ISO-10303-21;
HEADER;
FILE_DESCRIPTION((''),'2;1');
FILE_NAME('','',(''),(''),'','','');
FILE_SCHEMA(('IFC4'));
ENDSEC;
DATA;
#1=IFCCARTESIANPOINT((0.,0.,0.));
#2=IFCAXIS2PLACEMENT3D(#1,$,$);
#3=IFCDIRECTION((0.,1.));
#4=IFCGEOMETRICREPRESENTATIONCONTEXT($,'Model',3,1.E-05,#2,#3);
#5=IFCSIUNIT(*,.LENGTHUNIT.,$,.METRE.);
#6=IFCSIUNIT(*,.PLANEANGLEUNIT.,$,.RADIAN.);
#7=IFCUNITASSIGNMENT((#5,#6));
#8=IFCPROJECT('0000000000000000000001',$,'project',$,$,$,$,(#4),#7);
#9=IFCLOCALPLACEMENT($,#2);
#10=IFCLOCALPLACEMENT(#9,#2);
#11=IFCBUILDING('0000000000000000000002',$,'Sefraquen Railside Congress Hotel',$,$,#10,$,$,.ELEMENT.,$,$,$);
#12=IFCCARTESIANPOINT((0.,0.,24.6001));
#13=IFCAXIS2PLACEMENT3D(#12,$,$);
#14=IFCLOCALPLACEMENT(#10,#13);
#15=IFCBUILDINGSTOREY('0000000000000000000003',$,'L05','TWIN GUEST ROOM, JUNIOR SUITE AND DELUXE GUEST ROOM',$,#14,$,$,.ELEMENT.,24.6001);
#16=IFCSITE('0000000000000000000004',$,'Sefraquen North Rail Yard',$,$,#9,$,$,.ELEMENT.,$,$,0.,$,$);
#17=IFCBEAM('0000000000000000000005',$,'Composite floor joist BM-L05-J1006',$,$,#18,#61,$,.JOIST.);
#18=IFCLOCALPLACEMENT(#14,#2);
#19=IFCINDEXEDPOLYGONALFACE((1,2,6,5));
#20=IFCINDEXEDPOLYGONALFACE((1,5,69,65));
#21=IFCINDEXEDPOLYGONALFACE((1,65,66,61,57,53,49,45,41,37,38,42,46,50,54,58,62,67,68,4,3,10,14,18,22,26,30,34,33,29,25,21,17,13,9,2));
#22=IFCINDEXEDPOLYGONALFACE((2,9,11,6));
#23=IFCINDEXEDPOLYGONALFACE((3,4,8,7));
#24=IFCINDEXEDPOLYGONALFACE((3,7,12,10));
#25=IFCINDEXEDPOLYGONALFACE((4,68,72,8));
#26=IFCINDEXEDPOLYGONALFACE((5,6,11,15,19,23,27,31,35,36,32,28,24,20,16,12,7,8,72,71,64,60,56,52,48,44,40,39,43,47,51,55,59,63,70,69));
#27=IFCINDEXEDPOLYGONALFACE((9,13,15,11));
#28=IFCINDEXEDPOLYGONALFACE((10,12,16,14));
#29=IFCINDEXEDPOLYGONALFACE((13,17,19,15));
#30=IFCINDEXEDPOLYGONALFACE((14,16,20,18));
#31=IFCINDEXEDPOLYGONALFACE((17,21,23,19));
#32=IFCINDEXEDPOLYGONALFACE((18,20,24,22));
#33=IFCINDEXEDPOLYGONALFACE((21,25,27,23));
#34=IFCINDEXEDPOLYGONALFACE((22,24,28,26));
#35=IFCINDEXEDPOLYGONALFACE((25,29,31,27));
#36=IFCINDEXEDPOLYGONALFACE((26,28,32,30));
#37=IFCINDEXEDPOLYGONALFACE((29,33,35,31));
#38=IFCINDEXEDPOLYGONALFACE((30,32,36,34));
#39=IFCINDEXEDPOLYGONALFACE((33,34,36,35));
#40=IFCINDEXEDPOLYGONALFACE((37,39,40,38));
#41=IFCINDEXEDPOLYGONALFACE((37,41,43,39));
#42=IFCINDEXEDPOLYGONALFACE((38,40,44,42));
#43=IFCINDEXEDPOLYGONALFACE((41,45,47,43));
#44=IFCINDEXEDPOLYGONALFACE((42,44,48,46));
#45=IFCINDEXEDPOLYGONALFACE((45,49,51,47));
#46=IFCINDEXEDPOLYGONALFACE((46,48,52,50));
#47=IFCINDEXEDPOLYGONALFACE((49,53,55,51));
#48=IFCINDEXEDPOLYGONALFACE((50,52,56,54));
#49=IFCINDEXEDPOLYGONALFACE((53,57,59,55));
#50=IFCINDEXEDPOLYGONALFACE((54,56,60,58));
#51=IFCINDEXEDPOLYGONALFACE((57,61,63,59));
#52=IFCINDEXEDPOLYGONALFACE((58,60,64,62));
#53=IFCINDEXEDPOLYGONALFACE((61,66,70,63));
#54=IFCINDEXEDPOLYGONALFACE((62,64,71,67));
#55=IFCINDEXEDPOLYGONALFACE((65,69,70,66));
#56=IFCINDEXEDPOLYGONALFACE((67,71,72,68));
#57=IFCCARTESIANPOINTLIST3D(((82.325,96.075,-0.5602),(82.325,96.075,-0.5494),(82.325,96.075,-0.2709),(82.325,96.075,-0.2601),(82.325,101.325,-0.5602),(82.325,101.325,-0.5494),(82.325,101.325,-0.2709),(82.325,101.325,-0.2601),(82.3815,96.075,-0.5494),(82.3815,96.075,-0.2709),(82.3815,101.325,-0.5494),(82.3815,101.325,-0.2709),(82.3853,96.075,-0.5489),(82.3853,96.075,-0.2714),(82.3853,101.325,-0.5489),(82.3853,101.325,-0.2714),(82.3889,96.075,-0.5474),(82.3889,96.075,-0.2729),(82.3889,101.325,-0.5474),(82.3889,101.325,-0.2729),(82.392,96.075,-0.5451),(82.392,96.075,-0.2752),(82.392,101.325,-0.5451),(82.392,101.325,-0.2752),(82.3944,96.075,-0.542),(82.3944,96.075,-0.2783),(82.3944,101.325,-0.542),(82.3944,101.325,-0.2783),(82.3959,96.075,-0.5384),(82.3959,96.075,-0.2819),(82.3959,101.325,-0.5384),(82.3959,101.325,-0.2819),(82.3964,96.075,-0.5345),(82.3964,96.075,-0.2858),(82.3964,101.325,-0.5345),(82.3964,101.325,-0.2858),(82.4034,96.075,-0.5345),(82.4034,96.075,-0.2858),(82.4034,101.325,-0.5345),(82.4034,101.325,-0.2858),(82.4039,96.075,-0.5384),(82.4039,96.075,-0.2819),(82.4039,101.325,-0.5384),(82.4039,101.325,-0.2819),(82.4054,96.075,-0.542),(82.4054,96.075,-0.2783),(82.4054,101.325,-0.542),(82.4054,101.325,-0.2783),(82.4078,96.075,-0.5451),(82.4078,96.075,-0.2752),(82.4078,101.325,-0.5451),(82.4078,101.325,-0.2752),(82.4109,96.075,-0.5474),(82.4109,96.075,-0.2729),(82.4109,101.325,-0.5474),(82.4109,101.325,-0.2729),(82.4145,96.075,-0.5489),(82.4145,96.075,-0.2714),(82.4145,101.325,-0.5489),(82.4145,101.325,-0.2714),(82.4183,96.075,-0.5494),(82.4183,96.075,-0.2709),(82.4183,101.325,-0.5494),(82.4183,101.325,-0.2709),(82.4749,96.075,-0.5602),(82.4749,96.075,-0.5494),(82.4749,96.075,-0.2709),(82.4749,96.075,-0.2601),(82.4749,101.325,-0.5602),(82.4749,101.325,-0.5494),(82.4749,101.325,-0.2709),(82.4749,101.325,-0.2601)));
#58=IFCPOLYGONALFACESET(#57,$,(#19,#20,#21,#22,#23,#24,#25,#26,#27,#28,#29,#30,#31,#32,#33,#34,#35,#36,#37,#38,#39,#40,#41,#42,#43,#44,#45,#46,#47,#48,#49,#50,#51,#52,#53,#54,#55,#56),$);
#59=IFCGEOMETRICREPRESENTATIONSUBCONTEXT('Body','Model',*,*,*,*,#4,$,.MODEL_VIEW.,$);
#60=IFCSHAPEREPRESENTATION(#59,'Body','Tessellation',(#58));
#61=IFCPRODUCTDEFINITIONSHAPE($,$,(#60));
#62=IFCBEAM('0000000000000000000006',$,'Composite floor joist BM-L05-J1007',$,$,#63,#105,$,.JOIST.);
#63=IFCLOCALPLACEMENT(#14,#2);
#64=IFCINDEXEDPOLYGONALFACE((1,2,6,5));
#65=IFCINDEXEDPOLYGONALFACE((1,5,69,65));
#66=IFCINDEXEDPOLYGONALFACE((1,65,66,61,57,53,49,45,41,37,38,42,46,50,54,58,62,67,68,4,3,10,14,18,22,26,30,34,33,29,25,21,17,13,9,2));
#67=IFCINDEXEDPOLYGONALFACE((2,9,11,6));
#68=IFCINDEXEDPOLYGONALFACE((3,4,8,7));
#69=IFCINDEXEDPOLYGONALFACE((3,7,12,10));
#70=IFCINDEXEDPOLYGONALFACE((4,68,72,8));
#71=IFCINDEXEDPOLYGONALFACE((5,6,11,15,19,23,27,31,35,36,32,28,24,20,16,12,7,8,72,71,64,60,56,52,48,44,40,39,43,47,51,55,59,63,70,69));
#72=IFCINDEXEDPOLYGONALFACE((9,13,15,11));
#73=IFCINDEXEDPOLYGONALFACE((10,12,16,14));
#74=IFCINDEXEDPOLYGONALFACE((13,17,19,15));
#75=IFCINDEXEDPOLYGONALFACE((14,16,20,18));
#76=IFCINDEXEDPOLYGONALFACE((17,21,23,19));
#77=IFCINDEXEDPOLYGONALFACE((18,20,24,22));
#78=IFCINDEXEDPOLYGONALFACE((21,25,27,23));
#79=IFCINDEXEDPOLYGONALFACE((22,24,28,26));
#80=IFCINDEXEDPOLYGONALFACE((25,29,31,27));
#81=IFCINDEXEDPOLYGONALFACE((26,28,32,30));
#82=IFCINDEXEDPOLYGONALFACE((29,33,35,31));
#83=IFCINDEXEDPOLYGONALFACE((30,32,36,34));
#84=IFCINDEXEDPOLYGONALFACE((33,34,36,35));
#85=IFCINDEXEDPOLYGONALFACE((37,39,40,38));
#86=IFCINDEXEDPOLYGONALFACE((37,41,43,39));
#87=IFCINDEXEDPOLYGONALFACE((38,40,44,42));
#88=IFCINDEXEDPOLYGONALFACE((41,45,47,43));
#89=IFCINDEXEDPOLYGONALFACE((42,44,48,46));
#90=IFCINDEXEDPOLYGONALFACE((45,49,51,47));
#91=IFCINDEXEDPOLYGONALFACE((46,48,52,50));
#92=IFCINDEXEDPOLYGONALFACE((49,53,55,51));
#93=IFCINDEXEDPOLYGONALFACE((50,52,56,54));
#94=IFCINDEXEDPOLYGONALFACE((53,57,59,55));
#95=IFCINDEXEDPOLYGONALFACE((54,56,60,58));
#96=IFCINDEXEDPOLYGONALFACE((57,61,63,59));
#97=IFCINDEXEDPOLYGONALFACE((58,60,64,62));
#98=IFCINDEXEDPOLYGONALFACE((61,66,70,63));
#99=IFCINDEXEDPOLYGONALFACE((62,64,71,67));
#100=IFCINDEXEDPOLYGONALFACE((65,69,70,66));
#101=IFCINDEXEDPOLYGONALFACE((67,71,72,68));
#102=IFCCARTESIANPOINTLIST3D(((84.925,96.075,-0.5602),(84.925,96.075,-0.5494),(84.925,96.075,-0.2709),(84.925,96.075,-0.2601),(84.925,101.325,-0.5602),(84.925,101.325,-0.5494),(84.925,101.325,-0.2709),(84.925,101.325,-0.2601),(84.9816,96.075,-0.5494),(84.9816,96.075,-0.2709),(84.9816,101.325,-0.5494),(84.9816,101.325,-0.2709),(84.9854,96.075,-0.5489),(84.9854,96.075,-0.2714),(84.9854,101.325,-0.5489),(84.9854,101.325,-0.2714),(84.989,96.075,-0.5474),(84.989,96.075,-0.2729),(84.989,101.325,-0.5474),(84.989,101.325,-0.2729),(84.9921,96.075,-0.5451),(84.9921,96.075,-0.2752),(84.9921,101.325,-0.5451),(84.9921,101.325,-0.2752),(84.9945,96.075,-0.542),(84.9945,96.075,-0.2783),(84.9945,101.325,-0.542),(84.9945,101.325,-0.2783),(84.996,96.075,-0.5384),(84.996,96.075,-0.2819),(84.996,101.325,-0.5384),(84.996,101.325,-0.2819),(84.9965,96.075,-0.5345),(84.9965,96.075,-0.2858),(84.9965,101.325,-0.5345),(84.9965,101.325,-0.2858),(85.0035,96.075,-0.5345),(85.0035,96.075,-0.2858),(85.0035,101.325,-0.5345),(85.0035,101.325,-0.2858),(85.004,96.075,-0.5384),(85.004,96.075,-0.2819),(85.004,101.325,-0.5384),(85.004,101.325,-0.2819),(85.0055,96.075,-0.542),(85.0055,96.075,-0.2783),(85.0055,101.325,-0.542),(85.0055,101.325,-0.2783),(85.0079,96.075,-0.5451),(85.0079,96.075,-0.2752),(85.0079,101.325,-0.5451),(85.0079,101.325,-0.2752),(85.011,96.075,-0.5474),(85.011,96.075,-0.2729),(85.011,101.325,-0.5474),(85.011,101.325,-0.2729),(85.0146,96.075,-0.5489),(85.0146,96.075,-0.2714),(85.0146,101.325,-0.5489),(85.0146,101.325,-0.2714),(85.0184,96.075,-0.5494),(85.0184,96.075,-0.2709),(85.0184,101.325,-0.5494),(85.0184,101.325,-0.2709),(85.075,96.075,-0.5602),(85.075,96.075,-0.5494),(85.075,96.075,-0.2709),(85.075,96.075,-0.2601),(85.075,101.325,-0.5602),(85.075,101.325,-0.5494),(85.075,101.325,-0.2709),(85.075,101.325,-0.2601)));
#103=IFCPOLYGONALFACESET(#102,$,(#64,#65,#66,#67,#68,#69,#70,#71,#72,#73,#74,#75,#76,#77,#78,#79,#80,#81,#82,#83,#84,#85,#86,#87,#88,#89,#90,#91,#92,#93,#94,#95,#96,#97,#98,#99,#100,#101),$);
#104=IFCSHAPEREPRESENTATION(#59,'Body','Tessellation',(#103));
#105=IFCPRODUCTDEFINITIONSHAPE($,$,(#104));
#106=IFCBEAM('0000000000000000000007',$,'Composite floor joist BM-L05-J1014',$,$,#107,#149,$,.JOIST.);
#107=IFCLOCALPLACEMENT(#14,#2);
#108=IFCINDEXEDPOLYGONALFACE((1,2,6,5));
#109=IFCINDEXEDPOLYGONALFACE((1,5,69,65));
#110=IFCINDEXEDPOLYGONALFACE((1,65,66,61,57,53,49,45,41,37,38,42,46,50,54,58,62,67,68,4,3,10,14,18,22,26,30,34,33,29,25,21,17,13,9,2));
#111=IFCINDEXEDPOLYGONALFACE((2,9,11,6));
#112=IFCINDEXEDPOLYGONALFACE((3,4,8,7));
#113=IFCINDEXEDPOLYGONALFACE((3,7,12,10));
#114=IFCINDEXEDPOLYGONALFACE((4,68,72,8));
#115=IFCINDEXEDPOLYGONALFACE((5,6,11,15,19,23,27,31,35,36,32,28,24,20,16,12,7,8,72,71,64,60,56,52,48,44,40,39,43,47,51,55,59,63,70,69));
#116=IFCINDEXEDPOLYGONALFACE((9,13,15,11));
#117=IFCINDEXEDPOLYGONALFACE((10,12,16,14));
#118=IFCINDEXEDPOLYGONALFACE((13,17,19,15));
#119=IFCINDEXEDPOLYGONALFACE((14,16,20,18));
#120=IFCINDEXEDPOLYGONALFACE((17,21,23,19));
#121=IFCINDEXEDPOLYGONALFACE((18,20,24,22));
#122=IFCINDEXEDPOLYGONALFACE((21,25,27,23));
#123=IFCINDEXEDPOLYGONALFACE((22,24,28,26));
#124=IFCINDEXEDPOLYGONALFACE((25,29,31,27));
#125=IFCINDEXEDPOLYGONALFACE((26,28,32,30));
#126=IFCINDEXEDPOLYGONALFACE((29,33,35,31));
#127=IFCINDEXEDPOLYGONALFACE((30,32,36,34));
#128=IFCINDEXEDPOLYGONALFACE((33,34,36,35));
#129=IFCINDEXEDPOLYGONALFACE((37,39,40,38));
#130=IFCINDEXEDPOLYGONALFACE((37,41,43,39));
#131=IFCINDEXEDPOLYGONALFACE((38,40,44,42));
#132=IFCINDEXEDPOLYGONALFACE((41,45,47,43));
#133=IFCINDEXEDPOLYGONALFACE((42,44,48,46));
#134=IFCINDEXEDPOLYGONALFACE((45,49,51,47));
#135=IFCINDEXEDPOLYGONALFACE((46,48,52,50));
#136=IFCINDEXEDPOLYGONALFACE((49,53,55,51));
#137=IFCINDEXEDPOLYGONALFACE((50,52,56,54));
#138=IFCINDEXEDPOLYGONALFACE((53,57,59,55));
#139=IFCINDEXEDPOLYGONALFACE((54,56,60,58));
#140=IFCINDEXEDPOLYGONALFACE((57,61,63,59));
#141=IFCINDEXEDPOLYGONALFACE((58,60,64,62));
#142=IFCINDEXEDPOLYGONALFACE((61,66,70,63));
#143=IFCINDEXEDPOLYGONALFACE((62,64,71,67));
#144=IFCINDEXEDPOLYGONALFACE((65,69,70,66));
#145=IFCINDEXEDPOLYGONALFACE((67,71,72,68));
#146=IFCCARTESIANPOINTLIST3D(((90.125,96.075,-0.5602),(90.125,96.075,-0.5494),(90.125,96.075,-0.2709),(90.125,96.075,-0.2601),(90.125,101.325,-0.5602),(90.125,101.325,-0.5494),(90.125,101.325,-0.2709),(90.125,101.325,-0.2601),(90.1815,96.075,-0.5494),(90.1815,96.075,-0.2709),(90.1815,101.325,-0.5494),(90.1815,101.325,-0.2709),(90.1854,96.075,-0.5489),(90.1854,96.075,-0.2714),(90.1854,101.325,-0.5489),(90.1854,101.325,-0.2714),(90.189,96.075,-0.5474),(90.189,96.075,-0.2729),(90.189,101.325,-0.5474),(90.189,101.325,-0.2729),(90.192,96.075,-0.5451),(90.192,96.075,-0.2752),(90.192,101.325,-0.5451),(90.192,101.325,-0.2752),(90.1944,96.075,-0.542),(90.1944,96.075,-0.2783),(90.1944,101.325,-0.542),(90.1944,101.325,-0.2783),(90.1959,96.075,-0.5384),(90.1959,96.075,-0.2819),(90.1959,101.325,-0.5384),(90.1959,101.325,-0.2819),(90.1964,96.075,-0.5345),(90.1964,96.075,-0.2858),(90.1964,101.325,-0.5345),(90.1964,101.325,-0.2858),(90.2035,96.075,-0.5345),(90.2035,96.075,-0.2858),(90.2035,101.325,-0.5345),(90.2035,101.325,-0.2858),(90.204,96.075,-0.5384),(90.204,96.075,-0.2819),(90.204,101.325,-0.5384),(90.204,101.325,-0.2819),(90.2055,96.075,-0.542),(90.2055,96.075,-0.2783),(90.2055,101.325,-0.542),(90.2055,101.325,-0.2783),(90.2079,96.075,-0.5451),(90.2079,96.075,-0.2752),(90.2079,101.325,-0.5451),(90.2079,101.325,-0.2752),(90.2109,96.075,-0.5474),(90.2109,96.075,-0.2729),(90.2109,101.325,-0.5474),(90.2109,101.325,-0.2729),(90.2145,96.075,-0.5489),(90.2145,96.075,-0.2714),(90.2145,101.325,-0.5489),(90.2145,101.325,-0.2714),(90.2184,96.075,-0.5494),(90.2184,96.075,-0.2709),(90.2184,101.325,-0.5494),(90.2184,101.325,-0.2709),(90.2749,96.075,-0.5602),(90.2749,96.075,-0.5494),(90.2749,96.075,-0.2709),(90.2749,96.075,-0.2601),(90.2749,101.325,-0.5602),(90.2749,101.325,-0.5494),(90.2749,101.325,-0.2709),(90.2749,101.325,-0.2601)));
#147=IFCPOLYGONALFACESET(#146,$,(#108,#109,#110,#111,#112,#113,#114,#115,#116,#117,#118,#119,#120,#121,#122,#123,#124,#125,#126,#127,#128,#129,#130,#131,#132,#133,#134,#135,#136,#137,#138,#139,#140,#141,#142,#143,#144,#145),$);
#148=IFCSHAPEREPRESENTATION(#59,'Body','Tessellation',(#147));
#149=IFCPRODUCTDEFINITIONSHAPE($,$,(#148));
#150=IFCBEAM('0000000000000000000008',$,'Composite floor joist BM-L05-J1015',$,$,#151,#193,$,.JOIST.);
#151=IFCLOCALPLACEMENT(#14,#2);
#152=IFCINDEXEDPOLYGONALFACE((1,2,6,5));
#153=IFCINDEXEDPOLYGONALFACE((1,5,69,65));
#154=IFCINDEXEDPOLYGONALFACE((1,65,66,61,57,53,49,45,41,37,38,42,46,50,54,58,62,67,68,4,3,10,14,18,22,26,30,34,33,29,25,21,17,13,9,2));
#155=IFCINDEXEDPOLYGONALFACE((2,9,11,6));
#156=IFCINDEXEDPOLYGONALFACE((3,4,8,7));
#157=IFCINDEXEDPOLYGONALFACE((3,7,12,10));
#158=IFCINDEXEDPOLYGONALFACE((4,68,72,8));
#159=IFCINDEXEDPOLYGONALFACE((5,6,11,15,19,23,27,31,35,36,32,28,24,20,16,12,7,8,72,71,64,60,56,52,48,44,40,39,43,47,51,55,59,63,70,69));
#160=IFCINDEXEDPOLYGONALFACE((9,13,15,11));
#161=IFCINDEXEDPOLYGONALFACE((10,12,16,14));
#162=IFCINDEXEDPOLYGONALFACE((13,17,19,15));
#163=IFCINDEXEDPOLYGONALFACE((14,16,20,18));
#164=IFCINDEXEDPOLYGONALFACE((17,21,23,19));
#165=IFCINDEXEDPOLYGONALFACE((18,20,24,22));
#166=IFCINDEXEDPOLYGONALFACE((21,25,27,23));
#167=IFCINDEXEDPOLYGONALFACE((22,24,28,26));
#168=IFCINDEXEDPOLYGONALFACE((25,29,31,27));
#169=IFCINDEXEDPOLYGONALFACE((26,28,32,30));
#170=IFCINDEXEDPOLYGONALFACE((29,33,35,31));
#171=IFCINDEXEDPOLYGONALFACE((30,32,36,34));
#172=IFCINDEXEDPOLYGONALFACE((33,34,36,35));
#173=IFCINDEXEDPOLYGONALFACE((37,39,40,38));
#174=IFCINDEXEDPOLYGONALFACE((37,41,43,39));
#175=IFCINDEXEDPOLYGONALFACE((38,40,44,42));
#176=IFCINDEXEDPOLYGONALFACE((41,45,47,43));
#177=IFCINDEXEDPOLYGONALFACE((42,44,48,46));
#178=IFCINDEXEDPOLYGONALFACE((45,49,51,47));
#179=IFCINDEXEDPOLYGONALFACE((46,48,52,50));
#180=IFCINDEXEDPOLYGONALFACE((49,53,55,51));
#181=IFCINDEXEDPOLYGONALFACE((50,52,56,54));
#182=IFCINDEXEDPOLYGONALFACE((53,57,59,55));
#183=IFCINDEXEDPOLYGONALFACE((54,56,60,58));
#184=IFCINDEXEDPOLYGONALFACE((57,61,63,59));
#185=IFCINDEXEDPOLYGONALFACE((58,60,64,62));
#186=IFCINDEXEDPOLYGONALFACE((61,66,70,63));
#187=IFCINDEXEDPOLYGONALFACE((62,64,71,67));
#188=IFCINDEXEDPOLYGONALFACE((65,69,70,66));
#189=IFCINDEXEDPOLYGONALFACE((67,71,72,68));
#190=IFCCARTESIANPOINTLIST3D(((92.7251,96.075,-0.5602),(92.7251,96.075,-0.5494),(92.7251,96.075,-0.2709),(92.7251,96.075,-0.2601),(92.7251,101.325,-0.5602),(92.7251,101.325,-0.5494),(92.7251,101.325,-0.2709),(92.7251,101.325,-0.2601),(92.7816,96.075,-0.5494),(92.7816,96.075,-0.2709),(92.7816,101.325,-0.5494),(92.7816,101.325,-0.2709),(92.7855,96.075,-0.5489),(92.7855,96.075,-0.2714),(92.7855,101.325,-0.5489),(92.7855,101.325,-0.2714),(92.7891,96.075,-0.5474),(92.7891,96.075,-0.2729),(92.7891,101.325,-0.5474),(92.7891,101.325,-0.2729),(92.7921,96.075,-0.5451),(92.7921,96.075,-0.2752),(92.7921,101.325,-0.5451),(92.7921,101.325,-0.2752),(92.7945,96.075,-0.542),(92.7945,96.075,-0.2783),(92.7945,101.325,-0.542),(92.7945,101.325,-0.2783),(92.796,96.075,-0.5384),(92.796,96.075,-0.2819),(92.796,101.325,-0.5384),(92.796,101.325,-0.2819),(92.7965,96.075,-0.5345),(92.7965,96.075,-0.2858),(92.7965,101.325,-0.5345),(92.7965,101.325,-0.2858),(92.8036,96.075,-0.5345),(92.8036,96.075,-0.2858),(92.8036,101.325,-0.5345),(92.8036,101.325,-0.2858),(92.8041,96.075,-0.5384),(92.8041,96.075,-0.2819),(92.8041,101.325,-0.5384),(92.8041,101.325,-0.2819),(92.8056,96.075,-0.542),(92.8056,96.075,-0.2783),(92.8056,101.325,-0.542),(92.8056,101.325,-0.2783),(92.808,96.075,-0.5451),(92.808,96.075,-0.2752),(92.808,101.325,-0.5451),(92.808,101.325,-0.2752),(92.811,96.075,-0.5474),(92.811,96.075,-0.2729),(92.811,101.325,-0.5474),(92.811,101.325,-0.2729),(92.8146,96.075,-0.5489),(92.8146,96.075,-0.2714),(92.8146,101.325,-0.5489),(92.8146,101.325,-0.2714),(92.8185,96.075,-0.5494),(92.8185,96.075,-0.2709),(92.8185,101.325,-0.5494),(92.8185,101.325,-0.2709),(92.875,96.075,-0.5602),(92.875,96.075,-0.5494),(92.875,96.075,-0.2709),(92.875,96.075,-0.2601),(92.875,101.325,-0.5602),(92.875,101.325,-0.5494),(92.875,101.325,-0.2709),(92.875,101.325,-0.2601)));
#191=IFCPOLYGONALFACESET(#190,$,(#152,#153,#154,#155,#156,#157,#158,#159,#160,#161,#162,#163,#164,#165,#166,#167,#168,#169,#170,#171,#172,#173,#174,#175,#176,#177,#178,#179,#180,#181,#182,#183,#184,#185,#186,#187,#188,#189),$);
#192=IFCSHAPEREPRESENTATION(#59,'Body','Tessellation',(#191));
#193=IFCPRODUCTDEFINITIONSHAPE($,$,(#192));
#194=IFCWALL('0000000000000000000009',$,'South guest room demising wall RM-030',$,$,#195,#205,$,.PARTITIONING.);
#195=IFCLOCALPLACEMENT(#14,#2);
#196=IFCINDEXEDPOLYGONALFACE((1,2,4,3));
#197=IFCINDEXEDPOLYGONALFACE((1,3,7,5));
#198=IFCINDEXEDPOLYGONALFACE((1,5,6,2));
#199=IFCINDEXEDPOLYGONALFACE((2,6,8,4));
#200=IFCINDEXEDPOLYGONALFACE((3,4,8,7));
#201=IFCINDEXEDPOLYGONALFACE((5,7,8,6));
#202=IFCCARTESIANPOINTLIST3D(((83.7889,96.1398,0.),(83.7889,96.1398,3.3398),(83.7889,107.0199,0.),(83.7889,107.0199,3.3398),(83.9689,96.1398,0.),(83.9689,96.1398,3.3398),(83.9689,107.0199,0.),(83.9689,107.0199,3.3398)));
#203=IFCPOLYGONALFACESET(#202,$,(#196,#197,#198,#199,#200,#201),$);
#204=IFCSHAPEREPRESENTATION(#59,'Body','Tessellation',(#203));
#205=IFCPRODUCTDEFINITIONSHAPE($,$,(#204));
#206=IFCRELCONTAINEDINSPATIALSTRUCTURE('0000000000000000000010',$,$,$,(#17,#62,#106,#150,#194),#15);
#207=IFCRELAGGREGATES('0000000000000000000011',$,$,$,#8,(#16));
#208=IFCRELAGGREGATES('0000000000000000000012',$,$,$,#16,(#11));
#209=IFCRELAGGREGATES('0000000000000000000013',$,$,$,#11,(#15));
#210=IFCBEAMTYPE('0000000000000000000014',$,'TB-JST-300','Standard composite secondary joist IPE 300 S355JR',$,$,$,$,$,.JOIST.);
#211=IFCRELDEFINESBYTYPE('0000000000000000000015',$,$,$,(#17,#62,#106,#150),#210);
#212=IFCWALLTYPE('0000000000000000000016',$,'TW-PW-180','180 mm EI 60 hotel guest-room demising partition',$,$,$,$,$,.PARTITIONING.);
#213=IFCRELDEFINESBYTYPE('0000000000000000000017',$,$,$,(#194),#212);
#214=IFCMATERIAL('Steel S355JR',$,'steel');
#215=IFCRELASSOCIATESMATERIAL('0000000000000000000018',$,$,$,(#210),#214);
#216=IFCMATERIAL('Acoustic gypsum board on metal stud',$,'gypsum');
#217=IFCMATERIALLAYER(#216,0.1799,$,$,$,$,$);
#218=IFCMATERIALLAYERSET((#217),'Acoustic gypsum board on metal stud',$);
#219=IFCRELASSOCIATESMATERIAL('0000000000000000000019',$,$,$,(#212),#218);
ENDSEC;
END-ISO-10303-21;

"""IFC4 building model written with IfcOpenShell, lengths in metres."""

from ifc_helpers import new_model, si_unit, direction, frame, frame_2d, origin, origin_2d, place, context, subcontext, project, spatial, rectangle, i_section, extrude, material, layer, layer_set, material_profile, profile_set, type_object, element, save


model = new_model("IFC4")

# Units and contexts
model_context = context("Model", 3, precision=1e-05, world=origin(), true_north=direction((0.0, 1.0)))
body_context = subcontext(model_context, "Body", "Model", "MODEL_VIEW")
ifc_project = project(units=[si_unit("LENGTHUNIT", "METRE"), si_unit("PLANEANGLEUNIT", "RADIAN")], contexts=[model_context])

# Site, building, storey
site_placement = place(None, origin())
site = spatial("IfcSite", under=ifc_project, at=site_placement, Name="Sefraquen North Rail Yard", CompositionType="ELEMENT", RefElevation=0.0)
building_placement = place(site_placement, origin())
building = spatial("IfcBuilding", under=site, at=building_placement, Name="Sefraquen Railside Congress Hotel", CompositionType="ELEMENT")
storey_placement = place(building_placement, frame((0.0, 0.0, 24.6001)))
storey = spatial("IfcBuildingStorey", under=building, at=storey_placement, Name="L05", Description="TWIN GUEST ROOM, JUNIOR SUITE AND DELUXE GUEST ROOM", CompositionType="ELEMENT", Elevation=24.6001)

# Shared definitions
ifc_material_1 = material(Name="Steel S355JR", Category="steel")

# Beams
ifc_material_profile_1 = material_profile(ifc_material_1, i_section(OverallWidth=0.1499, OverallDepth=0.3, WebThickness=0.0071, FlangeThickness=0.0107, FilletRadius=0.0149, at=origin_2d()), Name="IPE 300")
ifc_profile_set_1 = profile_set([ifc_material_profile_1], Name="Steel S355JR")
beam_type_1 = type_object("IfcBeamType", Name="TB-JST-300", Description="Standard composite secondary joist IPE 300 S355JR", PredefinedType="JOIST", material=ifc_profile_set_1)
for number, where, z_axis, x_axis, name in (
    (1, (82.3999, 96.075, -0.4102), (0.0, 1.0, 0.0), (-1.0, 0.0, 0.0), "Composite floor joist BM-L05-J1006"),
    (2, (85.0, 96.075, -0.4102), (0.0, 1.0, 0.0), (-1.0, 0.0, 0.0), "Composite floor joist BM-L05-J1007"),
    (3, (90.2, 96.075, -0.4102), (0.0, 1.0, 0.0), (-1.0, 0.0, 0.0), "Composite floor joist BM-L05-J1014"),
    (4, (92.8, 96.075, -0.4102), (0.0, 1.0, 0.0), (-1.0, 0.0, 0.0), "Composite floor joist BM-L05-J1015"),
):
    element("IfcBeam", number, at=place(storey_placement, frame(where, z_axis=z_axis, x_axis=x_axis)), inside=storey, type_object=beam_type_1, Name=name, PredefinedType="JOIST", context=body_context, shape_type="SweptSolid", body=[
        extrude(i_section(OverallWidth=0.1499, OverallDepth=0.3, WebThickness=0.0071, FlangeThickness=0.0107, FilletRadius=0.0149, at=origin_2d()), origin(), (0.0, 0.0, 1.0), 5.25),
    ])

# Wall
ifc_material_2 = material(Name="Acoustic gypsum board on metal stud", Category="gypsum")
ifc_layer_1 = layer(ifc_material_2, 0.1799)
ifc_layer_set_1 = layer_set([ifc_layer_1], Name="Acoustic gypsum board on metal stud")
wall_type_1 = type_object("IfcWallType", Name="TW-PW-180", Description="180 mm EI 60 hotel guest-room demising partition", PredefinedType="PARTITIONING", material=ifc_layer_set_1)
wall_1_placement = place(storey_placement, frame((83.8789, 96.1399, 0.0), z_axis=(0.0, 0.0, 1.0), x_axis=(0.0, 1.0, 0.0)))
element("IfcWall", 5, at=wall_1_placement, inside=storey, type_object=wall_type_1, Name="South guest room demising wall RM-030", PredefinedType="PARTITIONING", context=body_context, shape_type="SweptSolid", body=[
    extrude(rectangle(XDim=10.8801, YDim=0.1799, at=frame_2d((5.4399, 0.0))), origin(), (0.0, 0.0, 1.0), 3.3398),
])

save(model, "model.ifc")
